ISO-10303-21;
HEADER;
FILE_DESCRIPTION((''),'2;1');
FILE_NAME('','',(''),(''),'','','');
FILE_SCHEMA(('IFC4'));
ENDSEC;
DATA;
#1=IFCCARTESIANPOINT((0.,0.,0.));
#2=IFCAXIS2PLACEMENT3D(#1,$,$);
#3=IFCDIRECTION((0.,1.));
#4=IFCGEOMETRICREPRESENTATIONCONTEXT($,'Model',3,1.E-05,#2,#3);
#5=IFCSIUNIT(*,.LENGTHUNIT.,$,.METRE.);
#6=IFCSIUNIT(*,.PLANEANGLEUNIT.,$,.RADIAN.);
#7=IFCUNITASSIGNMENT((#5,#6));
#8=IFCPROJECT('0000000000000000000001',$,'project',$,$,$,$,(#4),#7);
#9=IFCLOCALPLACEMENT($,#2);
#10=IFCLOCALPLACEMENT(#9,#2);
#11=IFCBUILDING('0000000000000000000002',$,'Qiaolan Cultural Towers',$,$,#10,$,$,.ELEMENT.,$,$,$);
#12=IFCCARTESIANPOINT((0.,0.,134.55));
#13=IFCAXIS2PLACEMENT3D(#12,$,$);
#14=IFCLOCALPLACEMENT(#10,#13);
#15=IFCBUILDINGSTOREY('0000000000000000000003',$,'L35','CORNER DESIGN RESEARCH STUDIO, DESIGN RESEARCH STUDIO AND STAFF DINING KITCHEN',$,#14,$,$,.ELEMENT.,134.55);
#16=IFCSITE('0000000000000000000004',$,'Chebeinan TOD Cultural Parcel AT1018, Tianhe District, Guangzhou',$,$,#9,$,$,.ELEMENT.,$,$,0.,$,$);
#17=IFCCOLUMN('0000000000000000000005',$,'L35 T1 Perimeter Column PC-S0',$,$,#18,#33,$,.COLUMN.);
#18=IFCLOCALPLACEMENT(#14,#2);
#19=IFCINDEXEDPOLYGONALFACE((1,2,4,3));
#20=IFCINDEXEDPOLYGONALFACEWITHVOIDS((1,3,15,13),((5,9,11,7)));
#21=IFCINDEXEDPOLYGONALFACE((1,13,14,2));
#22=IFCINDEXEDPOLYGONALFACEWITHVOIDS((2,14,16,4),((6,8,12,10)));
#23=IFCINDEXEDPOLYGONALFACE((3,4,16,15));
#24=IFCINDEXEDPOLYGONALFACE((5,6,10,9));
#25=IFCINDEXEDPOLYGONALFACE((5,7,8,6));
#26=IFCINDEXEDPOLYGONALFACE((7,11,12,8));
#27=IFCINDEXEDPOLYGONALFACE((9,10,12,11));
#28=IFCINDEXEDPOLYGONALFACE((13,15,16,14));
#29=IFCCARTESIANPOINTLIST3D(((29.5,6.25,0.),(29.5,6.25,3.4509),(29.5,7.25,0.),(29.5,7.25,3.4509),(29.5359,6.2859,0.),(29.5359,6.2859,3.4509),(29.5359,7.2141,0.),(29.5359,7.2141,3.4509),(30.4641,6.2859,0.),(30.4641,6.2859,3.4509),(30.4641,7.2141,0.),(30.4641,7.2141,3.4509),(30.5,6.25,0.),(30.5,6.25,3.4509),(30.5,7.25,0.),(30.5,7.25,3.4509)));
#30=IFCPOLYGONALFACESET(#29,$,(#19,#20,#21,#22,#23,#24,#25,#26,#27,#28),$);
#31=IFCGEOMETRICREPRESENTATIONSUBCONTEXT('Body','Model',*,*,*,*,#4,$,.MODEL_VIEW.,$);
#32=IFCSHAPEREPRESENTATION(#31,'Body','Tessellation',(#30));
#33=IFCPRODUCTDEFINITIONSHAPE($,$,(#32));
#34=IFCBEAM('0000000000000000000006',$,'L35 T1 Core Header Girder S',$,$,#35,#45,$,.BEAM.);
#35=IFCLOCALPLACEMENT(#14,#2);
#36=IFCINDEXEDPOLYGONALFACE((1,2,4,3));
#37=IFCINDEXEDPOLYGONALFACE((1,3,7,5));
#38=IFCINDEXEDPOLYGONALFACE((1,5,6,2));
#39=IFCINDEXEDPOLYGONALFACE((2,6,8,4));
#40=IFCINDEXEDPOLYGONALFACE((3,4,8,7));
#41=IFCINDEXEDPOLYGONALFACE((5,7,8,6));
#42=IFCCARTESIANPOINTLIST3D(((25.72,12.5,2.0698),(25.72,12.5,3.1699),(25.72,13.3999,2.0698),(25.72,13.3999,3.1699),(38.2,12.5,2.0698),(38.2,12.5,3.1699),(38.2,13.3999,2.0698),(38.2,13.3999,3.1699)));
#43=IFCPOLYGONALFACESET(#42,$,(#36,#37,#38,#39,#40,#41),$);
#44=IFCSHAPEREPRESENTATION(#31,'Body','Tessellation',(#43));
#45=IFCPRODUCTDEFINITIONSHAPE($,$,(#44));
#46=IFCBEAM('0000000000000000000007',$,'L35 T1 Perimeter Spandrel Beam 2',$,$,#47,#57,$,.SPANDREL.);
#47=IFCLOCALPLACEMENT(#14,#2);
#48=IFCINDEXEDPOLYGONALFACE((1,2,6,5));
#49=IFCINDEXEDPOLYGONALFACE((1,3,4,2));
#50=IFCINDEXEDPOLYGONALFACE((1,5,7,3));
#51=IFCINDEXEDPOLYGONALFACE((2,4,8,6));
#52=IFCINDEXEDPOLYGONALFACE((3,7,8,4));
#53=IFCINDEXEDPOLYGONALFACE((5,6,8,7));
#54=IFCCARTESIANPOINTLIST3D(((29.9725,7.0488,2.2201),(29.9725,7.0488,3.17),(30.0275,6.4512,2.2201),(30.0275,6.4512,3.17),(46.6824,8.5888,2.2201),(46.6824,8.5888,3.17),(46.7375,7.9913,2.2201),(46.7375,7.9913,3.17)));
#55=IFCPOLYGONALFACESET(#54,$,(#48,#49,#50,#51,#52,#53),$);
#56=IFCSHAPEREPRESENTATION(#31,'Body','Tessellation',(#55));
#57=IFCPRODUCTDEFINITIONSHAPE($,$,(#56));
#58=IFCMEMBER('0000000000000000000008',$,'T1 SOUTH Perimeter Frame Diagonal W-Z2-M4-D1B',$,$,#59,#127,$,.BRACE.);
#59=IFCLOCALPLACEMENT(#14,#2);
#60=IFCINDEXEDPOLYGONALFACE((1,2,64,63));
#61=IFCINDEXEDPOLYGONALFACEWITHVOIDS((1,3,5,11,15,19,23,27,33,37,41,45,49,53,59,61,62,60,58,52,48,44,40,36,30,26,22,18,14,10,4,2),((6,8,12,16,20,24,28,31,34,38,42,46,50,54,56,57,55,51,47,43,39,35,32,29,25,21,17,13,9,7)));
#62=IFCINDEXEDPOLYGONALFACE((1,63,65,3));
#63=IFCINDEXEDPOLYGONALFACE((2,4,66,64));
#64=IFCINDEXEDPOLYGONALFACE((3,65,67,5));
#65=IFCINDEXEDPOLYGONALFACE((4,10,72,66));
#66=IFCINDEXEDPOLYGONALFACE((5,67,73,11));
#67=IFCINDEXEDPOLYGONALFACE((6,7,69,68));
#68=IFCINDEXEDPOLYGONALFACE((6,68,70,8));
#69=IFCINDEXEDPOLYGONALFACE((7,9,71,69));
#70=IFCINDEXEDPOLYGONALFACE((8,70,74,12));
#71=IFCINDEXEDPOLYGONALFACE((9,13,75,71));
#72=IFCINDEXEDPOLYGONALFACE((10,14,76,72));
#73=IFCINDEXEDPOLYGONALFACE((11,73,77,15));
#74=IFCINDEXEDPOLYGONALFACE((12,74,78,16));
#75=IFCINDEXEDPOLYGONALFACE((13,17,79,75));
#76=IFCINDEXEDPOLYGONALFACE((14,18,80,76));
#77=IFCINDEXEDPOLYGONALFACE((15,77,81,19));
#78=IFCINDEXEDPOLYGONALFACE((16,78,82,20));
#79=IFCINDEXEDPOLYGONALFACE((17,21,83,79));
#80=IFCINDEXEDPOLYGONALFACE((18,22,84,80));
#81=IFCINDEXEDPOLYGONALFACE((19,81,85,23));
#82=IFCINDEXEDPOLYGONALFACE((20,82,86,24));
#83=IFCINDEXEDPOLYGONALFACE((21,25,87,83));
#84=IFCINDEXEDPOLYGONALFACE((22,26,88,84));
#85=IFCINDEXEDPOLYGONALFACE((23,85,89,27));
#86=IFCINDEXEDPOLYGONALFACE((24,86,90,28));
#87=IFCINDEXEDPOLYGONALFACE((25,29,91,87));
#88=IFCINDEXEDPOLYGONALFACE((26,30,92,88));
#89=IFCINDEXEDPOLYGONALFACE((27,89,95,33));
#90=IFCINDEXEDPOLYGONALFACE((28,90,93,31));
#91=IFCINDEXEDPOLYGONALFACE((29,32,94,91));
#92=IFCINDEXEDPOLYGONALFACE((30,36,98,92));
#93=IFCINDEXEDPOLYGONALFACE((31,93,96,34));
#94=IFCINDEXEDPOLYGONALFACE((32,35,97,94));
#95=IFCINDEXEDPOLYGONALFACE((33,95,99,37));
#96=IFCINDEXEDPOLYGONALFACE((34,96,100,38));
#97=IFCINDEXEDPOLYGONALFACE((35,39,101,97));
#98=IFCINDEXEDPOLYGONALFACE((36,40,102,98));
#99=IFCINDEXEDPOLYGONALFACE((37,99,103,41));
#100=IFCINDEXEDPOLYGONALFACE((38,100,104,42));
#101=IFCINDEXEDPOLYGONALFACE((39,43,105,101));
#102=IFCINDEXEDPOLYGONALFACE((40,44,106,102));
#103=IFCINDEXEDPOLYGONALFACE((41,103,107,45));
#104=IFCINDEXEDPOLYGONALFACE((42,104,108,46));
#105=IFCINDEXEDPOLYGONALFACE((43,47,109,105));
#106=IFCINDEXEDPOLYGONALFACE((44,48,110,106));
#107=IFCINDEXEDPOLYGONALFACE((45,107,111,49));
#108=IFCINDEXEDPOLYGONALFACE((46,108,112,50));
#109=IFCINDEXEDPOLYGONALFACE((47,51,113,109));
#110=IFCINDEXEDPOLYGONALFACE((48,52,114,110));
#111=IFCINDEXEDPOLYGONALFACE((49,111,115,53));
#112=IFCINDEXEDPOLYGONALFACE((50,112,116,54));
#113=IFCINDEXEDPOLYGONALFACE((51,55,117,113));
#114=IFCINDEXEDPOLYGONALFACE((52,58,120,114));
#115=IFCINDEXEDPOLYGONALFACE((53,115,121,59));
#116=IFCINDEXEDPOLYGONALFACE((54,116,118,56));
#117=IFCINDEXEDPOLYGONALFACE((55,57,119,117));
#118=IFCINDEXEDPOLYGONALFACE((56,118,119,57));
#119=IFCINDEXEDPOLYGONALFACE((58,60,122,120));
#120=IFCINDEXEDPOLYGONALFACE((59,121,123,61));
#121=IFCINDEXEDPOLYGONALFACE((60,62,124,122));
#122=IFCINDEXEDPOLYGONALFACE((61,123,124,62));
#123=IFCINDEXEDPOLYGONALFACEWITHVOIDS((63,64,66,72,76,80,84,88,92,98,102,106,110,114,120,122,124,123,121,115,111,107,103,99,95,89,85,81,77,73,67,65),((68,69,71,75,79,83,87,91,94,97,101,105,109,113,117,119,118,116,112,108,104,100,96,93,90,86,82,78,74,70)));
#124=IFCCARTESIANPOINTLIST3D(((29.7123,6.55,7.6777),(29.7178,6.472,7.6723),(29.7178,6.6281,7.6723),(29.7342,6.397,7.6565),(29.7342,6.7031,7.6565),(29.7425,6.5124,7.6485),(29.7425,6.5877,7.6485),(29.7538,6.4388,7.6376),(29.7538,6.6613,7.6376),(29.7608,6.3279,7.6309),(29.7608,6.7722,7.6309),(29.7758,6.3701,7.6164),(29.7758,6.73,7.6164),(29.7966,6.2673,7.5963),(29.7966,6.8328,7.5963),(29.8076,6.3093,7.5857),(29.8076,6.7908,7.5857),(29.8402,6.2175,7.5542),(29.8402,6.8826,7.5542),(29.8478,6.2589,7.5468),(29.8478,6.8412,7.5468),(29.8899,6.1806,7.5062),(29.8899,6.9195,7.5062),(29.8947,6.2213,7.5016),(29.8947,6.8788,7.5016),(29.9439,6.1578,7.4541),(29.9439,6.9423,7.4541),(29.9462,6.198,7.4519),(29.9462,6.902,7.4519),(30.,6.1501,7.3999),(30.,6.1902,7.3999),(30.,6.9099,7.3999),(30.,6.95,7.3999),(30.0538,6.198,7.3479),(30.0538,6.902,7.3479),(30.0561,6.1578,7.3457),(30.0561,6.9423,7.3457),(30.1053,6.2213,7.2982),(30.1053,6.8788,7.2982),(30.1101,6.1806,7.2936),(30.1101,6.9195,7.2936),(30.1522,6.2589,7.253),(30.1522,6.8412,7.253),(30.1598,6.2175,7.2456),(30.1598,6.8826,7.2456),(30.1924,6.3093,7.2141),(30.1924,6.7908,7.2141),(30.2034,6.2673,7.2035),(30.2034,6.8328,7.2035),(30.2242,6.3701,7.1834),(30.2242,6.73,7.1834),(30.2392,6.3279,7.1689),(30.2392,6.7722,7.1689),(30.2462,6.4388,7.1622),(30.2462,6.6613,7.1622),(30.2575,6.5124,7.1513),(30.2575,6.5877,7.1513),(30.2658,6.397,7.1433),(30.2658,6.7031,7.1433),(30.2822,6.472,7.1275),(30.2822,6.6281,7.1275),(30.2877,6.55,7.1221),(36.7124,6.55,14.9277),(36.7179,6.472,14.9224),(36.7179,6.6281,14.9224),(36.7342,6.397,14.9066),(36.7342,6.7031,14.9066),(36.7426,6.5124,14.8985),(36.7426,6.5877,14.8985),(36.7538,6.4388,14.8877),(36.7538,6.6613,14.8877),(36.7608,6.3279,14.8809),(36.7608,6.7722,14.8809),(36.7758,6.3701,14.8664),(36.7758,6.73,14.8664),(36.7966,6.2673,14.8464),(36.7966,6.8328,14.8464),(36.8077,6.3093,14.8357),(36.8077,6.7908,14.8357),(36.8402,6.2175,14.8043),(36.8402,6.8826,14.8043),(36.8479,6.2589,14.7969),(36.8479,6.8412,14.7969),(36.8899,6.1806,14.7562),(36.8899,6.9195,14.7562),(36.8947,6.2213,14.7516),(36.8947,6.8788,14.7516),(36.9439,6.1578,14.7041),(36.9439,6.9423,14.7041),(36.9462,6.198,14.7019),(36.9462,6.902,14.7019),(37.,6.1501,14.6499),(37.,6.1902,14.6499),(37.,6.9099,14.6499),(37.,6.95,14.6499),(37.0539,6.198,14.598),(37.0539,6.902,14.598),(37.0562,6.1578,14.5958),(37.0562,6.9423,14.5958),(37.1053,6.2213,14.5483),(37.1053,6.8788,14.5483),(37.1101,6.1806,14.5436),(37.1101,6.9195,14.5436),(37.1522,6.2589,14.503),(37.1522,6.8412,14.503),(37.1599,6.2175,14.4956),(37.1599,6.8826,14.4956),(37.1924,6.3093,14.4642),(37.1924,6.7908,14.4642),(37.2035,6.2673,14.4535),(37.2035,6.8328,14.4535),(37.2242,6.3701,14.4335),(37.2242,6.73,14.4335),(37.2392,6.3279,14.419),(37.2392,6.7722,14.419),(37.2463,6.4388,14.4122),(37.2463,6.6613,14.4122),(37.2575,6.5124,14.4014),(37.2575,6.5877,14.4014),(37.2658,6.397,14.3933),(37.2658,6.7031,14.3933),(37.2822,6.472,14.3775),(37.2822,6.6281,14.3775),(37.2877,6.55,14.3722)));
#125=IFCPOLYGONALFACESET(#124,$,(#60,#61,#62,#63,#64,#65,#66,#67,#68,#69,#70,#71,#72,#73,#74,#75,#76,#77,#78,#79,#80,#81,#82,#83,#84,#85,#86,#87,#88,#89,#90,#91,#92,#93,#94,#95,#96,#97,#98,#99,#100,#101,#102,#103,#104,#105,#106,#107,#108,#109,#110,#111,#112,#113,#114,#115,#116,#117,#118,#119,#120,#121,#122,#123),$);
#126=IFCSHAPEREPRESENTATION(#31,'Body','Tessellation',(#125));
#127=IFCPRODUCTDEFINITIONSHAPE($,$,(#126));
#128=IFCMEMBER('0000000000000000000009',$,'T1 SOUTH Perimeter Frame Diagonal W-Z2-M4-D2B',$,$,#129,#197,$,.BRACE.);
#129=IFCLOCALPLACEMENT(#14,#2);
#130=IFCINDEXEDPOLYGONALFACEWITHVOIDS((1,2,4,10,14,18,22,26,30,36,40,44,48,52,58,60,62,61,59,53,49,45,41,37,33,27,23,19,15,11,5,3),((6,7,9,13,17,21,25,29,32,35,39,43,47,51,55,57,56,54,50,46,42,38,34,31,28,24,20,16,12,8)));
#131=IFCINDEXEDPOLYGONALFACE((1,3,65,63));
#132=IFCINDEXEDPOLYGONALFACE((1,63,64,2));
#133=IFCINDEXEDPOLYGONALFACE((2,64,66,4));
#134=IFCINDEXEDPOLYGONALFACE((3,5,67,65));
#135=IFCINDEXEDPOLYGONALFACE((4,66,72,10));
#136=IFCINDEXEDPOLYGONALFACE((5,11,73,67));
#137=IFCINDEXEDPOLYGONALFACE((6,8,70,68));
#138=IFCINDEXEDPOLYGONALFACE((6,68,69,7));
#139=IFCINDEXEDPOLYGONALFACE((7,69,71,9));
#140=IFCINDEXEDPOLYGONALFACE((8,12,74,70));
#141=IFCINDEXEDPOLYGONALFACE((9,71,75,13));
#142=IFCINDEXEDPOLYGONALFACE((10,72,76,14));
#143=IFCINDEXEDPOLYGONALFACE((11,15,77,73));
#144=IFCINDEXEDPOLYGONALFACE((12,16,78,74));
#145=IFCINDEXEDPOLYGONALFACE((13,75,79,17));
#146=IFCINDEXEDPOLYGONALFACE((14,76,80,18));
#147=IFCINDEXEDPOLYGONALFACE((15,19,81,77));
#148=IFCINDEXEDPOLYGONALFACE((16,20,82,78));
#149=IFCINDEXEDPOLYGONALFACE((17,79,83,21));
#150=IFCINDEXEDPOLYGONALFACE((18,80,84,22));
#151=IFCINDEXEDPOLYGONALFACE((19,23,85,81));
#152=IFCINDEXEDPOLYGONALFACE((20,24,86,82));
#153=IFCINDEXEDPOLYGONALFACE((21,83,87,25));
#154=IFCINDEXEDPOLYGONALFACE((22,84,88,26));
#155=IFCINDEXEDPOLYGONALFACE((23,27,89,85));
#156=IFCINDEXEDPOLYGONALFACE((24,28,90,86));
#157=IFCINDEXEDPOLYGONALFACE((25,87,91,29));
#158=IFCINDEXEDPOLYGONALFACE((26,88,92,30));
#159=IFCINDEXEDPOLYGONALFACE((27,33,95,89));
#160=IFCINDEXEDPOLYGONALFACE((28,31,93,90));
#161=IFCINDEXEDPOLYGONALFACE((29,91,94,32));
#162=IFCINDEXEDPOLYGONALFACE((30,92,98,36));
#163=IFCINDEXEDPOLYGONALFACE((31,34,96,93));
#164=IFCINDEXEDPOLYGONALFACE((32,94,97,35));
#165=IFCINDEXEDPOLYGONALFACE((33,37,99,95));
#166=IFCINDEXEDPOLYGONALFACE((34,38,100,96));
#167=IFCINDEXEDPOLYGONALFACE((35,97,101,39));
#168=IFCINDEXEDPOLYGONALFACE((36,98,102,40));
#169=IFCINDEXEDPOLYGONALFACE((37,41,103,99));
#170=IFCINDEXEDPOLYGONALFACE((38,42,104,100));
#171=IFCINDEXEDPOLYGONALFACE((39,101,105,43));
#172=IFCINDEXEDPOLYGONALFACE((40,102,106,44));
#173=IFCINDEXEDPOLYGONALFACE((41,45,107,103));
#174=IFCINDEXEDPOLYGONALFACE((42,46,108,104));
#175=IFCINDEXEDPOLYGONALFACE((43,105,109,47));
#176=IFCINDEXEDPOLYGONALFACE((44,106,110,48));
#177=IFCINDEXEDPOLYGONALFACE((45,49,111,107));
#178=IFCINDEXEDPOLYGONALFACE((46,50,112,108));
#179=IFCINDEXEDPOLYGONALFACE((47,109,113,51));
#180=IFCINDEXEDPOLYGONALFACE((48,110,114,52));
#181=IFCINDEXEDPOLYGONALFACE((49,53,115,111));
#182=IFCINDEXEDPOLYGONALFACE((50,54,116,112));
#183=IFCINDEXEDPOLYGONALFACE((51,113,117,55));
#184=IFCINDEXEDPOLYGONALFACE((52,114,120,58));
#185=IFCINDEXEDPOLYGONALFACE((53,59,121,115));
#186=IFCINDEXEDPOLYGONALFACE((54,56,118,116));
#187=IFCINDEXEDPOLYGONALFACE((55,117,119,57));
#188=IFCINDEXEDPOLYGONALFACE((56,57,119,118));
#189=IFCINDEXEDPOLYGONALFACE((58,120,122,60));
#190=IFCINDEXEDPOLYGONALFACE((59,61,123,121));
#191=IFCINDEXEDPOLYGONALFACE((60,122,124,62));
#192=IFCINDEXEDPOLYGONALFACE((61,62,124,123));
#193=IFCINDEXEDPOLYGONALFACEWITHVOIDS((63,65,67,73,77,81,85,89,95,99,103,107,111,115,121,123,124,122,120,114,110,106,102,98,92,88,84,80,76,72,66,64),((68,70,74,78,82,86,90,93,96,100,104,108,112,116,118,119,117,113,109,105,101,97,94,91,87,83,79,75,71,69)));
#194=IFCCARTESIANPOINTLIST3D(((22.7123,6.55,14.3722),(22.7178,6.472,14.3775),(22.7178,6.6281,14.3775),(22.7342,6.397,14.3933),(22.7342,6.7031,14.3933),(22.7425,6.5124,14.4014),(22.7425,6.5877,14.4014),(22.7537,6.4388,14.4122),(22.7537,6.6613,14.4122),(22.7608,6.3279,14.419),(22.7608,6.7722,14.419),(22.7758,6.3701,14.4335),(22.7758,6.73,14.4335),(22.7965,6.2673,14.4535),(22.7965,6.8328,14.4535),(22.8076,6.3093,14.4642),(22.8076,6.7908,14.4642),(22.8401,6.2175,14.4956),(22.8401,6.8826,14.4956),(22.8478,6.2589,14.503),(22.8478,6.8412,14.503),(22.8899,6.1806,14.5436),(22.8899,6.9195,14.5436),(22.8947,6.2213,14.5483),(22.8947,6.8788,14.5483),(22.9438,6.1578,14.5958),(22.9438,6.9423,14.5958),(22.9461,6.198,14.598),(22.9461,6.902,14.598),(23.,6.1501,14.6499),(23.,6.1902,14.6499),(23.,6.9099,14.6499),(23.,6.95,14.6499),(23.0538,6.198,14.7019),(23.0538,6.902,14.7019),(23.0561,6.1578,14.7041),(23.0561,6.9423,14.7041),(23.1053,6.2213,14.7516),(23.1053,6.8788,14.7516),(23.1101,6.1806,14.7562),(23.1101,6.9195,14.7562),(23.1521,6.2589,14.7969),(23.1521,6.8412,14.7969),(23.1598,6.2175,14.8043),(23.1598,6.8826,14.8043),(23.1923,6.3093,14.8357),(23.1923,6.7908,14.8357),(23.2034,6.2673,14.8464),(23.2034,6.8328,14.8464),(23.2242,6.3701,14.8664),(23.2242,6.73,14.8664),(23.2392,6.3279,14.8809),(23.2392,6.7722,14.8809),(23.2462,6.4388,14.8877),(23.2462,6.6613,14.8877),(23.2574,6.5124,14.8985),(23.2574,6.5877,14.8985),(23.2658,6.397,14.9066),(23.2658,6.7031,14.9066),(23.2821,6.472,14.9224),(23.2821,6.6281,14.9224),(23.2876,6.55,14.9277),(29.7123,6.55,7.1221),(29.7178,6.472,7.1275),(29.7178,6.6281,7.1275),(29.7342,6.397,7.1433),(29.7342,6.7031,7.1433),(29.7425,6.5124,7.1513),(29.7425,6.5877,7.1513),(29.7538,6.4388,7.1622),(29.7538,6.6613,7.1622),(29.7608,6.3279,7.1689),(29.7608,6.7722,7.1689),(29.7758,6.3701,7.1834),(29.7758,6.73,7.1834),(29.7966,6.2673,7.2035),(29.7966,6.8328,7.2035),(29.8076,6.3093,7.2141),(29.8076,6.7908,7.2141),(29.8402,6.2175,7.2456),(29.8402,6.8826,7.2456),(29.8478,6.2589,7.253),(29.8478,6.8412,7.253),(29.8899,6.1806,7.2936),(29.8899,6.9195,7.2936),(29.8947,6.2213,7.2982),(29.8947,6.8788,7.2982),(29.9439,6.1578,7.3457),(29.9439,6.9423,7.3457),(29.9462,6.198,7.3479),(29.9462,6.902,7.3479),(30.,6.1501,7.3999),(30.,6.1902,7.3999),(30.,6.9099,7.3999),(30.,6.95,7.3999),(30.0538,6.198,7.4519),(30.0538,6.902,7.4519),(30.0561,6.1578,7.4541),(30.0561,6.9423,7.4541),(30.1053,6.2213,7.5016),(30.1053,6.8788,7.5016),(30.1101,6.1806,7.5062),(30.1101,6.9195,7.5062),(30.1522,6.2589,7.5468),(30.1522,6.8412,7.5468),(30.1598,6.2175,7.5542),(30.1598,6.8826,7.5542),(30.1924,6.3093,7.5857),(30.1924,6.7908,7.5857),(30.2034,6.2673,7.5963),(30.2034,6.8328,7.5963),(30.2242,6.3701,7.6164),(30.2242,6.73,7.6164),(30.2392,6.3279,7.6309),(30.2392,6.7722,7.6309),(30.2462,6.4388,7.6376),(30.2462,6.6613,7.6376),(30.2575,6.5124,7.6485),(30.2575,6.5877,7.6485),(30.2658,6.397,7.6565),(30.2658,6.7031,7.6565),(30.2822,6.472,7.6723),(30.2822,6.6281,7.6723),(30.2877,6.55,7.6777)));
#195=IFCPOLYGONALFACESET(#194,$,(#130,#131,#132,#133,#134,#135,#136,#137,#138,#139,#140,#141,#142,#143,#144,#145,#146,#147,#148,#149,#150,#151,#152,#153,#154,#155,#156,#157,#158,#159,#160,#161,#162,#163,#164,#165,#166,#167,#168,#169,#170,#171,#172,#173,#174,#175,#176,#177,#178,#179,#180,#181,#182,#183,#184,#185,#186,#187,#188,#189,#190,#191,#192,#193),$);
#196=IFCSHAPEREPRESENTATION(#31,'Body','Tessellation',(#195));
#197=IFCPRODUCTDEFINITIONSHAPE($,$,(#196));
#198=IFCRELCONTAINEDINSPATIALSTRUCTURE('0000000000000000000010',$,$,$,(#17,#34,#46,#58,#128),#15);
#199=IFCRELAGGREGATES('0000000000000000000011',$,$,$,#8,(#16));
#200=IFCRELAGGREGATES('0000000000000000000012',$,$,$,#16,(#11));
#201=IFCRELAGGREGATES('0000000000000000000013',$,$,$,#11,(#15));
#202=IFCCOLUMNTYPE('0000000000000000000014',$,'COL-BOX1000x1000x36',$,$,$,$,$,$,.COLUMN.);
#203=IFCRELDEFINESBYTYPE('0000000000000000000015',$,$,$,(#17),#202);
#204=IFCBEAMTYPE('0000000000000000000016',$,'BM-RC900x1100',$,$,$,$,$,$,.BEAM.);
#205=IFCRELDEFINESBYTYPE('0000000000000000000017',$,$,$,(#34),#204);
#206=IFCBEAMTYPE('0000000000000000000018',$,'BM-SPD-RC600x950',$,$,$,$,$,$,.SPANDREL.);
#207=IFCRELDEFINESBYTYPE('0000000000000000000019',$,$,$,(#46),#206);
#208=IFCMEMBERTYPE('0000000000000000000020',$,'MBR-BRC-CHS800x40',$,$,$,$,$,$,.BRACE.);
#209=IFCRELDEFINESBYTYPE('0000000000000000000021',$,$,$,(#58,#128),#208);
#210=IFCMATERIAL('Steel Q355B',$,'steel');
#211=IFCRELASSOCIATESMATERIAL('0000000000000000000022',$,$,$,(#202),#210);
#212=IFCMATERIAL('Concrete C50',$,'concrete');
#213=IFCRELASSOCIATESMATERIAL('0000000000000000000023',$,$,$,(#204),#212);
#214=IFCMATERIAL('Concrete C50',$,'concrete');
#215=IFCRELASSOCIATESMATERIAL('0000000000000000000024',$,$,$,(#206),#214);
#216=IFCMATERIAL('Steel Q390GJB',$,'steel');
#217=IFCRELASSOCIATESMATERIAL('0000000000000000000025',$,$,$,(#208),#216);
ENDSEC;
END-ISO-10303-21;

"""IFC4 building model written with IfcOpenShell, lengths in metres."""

from ifc_helpers import new_model, si_unit, direction, frame, origin, origin_2d, place, context, subcontext, project, spatial, rectangle, hollow_rectangle, hollow_circle, extrude, material, material_profile, profile_set, type_object, element, save


model = new_model("IFC4")

# Units and contexts
model_context = context("Model", 3, precision=1e-05, world=origin(), true_north=direction((0.0, 1.0)))
body_context = subcontext(model_context, "Body", "Model", "MODEL_VIEW")
ifc_project = project(units=[si_unit("LENGTHUNIT", "METRE"), si_unit("PLANEANGLEUNIT", "RADIAN")], contexts=[model_context])

# Site, building, storey
site_placement = place(None, origin())
site = spatial("IfcSite", under=ifc_project, at=site_placement, Name="Chebeinan TOD Cultural Parcel AT1018, Tianhe District, Guangzhou", CompositionType="ELEMENT", RefElevation=0.0)
building_placement = place(site_placement, origin())
building = spatial("IfcBuilding", under=site, at=building_placement, Name="Qiaolan Cultural Towers", CompositionType="ELEMENT")
storey_placement = place(building_placement, frame((0.0, 0.0, 134.55)))
storey = spatial("IfcBuildingStorey", under=building, at=storey_placement, Name="L35", Description="CORNER DESIGN RESEARCH STUDIO, DESIGN RESEARCH STUDIO AND STAFF DINING KITCHEN", CompositionType="ELEMENT", Elevation=134.55)

# Column
ifc_material_1 = material(Name="Steel Q355B", Category="steel")
ifc_material_profile_1 = material_profile(ifc_material_1, hollow_rectangle(XDim=1.0, YDim=1.0, WallThickness=0.0359, at=origin_2d()), Name="BOX1000x1000x36")
ifc_profile_set_1 = profile_set([ifc_material_profile_1], Name="Steel Q355B")
column_type = type_object("IfcColumnType", Name="COL-BOX1000x1000x36", PredefinedType="COLUMN", material=ifc_profile_set_1)
column_placement = place(storey_placement, frame((30.0, 6.75, 0.0), z_axis=(0.0, 0.0, 1.0), x_axis=(1.0, 0.0, 0.0)))
element("IfcColumn", 1, at=column_placement, inside=storey, type_object=column_type, Name="L35 T1 Perimeter Column PC-S0", PredefinedType="COLUMN", context=body_context, shape_type="SweptSolid", body=[
    extrude(hollow_rectangle(XDim=1.0, YDim=1.0, WallThickness=0.0359, at=origin_2d()), origin(), (0.0, 0.0, 1.0), 3.4509),
])

# Beams
ifc_material_2 = material(Name="Concrete C50", Category="concrete")
ifc_material_profile_2 = material_profile(ifc_material_2, rectangle(XDim=0.8999, YDim=1.1001, at=origin_2d()), Name="RC900x1100")
ifc_profile_set_2 = profile_set([ifc_material_profile_2], Name="Concrete C50")
beam_type_1 = type_object("IfcBeamType", Name="BM-RC900x1100", PredefinedType="BEAM", material=ifc_profile_set_2)
beam_1_placement = place(storey_placement, frame((25.72, 12.95, 2.6199), z_axis=(1.0, 0.0, 0.0), x_axis=(0.0, 1.0, 0.0)))
element("IfcBeam", 2, at=beam_1_placement, inside=storey, type_object=beam_type_1, Name="L35 T1 Core Header Girder S", PredefinedType="BEAM", context=body_context, shape_type="SweptSolid", body=[
    extrude(rectangle(XDim=0.8999, YDim=1.1001, at=origin_2d()), origin(), (0.0, 0.0, 1.0), 12.48),
])
ifc_material_3 = material(Name="Concrete C50", Category="concrete")
ifc_material_profile_3 = material_profile(ifc_material_3, rectangle(XDim=0.6001, YDim=0.95, at=origin_2d()), Name="RC600x950")
ifc_profile_set_3 = profile_set([ifc_material_profile_3], Name="Concrete C50")
beam_type_2 = type_object("IfcBeamType", Name="BM-SPD-RC600x950", PredefinedType="SPANDREL", material=ifc_profile_set_3)
beam_2_placement = place(storey_placement, frame((30.0, 6.75, 2.6951), z_axis=(0.99578, 0.091774, 0.0), x_axis=(-0.091774, 0.99578, 0.0)))
element("IfcBeam", 3, at=beam_2_placement, inside=storey, type_object=beam_type_2, Name="L35 T1 Perimeter Spandrel Beam 2", PredefinedType="SPANDREL", context=body_context, shape_type="SweptSolid", body=[
    extrude(rectangle(XDim=0.6001, YDim=0.95, at=origin_2d()), origin(), (0.0, 0.0, 1.0), 16.7808),
])

# Members
ifc_material_4 = material(Name="Steel Q390GJB", Category="steel")
ifc_material_profile_4 = material_profile(ifc_material_4, hollow_circle(Radius=0.3999, WallThickness=0.04, at=origin_2d()), Name="CHS800x40")
ifc_profile_set_4 = profile_set([ifc_material_profile_4], Name="Steel Q390GJB")
member_type = type_object("IfcMemberType", Name="MBR-BRC-CHS800x40", PredefinedType="BRACE", material=ifc_profile_set_4)
for number, where, z_axis, x_axis, name in (
    (4, (30.0, 6.55, 7.3999), (0.694595, 0.0, 0.719401), (0.0, 1.0, 0.0), "T1 SOUTH Perimeter Frame Diagonal W-Z2-M4-D1B"),
    (5, (30.0, 6.55, 7.3999), (-0.694595, 0.0, 0.719401), (0.0, -1.0, 0.0), "T1 SOUTH Perimeter Frame Diagonal W-Z2-M4-D2B"),
):
    element("IfcMember", number, at=place(storey_placement, frame(where, z_axis=z_axis, x_axis=x_axis)), inside=storey, type_object=member_type, Name=name, PredefinedType="BRACE", context=body_context, shape_type="SweptSolid", body=[
        extrude(hollow_circle(Radius=0.3999, WallThickness=0.04, at=origin_2d()), origin(), (0.0, 0.0, 1.0), 10.0779),
    ])

save(model, "model.ifc")
